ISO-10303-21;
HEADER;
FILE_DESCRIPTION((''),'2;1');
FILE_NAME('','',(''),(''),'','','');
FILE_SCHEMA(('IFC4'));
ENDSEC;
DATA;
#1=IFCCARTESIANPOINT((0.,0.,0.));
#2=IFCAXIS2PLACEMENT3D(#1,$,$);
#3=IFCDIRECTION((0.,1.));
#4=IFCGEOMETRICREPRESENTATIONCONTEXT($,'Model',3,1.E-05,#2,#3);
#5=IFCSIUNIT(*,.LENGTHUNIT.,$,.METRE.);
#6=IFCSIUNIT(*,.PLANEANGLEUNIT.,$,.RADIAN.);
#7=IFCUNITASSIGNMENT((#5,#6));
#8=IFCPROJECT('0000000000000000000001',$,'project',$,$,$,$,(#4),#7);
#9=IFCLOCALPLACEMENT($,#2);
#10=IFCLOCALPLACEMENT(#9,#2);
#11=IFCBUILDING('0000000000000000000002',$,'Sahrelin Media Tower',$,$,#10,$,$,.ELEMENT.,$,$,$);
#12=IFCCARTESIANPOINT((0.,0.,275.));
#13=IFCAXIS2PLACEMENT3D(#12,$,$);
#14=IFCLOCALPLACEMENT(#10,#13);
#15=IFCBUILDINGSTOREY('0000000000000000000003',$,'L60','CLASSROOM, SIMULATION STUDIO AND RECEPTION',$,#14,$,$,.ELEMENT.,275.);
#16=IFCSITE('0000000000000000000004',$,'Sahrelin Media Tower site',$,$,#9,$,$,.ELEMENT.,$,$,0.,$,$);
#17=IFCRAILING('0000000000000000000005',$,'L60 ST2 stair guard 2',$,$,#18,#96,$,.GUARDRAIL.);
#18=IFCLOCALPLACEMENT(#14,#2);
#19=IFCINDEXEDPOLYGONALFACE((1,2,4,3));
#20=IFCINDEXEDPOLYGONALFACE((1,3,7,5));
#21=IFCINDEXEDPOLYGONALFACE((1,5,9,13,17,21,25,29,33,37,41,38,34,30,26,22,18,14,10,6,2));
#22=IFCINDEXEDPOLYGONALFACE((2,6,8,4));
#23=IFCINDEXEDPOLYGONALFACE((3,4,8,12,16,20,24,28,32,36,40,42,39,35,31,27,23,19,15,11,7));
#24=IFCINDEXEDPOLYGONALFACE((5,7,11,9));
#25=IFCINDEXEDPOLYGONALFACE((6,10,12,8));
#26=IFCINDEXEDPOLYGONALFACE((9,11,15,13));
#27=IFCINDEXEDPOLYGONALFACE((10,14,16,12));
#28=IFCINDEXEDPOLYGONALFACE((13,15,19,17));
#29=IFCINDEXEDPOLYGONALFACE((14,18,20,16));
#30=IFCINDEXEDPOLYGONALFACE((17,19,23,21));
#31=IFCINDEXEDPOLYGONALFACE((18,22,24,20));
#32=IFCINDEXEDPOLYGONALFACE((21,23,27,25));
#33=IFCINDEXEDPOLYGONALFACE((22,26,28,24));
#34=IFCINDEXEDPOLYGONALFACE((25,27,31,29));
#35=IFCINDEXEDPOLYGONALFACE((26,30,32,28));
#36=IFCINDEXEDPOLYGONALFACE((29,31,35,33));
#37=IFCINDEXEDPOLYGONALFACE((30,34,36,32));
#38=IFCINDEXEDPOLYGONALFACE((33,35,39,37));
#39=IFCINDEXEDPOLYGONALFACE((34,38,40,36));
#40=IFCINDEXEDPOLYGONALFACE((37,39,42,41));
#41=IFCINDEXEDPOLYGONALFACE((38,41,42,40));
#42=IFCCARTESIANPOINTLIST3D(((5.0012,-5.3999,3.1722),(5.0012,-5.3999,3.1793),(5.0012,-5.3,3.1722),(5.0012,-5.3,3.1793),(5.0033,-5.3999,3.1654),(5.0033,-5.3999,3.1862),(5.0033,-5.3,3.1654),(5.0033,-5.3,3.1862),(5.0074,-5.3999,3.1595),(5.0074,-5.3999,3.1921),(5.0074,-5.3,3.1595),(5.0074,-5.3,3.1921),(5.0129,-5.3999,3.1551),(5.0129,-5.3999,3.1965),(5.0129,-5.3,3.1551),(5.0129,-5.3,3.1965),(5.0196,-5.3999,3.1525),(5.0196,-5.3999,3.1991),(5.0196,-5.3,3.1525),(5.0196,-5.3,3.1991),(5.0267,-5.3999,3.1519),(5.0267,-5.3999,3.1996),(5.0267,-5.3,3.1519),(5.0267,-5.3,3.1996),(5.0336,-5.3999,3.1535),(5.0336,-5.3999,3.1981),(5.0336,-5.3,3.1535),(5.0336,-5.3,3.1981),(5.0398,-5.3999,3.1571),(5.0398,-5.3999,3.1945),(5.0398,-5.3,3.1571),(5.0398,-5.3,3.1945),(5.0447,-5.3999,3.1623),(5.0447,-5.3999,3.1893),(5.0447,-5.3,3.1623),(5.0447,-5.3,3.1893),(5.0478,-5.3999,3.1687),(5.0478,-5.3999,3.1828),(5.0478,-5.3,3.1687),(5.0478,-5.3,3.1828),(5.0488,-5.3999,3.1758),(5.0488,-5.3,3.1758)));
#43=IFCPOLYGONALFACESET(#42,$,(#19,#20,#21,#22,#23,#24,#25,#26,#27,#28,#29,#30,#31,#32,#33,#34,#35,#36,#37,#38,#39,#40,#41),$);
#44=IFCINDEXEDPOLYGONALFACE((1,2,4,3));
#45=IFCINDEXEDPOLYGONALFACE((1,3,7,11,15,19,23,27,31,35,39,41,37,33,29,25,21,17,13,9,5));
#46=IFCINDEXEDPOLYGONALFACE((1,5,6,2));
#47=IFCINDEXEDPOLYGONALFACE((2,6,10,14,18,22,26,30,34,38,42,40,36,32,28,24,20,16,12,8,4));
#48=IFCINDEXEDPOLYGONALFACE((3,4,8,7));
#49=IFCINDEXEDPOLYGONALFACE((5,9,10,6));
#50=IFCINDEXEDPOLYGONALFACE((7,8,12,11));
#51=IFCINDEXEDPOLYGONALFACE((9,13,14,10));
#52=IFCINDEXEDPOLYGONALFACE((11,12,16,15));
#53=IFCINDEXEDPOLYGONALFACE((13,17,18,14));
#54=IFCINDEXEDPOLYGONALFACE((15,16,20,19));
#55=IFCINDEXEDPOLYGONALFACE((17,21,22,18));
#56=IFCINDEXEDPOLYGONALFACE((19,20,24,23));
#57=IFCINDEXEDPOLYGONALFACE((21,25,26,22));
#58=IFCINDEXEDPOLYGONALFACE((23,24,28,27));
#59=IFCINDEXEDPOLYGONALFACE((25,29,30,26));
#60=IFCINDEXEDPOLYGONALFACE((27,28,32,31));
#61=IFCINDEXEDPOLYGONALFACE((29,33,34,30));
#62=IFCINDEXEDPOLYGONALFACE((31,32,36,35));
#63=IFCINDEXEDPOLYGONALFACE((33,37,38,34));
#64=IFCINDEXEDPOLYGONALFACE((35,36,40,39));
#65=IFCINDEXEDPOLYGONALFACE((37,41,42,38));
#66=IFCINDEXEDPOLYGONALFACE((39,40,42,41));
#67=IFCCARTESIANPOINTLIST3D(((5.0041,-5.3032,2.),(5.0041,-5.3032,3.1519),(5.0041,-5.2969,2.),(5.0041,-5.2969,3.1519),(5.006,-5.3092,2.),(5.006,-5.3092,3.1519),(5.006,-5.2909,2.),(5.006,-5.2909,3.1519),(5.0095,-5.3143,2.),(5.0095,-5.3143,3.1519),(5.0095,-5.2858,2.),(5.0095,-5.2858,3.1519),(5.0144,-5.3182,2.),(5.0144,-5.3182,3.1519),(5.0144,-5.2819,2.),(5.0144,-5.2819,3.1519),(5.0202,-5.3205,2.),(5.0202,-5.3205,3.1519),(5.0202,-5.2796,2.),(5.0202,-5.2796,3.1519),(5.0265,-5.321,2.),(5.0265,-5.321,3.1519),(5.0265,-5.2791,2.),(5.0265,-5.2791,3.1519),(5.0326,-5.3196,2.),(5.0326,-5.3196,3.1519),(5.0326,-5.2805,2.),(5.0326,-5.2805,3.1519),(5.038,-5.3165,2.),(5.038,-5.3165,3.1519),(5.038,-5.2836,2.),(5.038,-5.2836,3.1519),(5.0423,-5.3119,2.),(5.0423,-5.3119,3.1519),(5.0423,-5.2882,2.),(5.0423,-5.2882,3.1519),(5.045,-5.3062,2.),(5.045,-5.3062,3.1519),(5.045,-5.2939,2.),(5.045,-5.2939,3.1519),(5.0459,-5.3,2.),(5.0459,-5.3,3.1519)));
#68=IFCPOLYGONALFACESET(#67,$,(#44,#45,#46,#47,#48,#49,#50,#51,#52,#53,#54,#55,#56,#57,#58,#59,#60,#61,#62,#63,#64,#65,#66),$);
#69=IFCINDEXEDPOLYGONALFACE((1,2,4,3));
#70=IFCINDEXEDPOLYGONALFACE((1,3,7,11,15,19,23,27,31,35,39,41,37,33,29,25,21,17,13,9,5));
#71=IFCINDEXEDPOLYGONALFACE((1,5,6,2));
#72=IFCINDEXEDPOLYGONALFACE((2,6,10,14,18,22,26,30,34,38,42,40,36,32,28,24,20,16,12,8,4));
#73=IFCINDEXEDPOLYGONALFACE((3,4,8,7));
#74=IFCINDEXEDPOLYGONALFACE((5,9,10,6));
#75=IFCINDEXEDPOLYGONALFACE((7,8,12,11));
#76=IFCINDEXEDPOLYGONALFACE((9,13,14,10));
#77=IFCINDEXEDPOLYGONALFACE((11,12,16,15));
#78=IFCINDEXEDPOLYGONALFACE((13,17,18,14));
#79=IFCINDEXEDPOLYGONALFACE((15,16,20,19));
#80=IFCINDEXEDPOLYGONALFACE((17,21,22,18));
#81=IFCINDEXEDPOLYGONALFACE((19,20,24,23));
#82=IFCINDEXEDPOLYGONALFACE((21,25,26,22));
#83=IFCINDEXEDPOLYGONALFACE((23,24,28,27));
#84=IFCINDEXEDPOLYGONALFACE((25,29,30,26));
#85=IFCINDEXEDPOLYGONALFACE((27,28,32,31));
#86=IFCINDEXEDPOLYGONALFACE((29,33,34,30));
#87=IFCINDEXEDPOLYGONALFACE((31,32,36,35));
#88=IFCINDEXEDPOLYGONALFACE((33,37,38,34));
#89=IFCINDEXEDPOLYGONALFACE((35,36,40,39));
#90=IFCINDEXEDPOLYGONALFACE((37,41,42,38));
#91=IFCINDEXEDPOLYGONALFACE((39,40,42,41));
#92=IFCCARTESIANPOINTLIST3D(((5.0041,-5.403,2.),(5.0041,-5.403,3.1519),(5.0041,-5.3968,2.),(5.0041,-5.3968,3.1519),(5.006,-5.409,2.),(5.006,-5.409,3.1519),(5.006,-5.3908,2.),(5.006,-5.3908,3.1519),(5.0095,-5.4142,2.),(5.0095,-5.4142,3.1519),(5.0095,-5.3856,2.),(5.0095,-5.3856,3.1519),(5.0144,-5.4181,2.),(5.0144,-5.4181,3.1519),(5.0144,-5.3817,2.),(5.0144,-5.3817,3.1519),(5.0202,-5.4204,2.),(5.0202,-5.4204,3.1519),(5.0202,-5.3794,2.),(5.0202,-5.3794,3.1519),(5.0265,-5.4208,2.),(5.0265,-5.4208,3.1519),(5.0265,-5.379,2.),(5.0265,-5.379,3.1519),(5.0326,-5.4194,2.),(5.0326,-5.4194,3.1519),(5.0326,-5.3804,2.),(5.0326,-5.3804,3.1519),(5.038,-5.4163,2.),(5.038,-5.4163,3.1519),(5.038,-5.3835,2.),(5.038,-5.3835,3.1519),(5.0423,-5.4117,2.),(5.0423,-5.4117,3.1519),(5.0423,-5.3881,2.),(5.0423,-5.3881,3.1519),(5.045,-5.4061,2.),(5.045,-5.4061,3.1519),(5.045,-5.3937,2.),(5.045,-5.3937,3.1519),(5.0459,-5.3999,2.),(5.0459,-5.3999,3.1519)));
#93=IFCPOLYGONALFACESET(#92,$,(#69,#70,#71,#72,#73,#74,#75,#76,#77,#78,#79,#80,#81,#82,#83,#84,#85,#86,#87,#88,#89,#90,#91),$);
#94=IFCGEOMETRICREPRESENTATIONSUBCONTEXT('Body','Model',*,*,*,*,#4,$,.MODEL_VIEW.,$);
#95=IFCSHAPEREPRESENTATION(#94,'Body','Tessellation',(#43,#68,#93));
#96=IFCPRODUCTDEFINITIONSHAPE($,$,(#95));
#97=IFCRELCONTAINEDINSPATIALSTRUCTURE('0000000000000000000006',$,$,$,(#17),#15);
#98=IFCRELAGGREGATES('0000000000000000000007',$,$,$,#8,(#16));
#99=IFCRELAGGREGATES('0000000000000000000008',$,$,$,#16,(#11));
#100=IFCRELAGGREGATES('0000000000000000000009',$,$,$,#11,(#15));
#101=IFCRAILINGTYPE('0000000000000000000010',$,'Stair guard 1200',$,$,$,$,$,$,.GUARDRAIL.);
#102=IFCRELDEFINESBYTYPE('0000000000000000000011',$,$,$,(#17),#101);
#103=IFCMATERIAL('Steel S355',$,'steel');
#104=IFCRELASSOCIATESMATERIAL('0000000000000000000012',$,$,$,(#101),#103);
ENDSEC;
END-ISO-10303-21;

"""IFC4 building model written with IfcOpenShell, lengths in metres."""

from ifc_helpers import new_model, si_unit, direction, frame, origin, origin_2d, place, context, subcontext, project, spatial, circle, extrude, material, type_object, element, save


model = new_model("IFC4")

# Units and contexts
model_context = context("Model", 3, precision=1e-05, world=origin(), true_north=direction((0.0, 1.0)))
body_context = subcontext(model_context, "Body", "Model", "MODEL_VIEW")
ifc_project = project(units=[si_unit("LENGTHUNIT", "METRE"), si_unit("PLANEANGLEUNIT", "RADIAN")], contexts=[model_context])

# Site, building, storey
site_placement = place(None, origin())
site = spatial("IfcSite", under=ifc_project, at=site_placement, Name="Sahrelin Media Tower site", CompositionType="ELEMENT", RefElevation=0.0)
building_placement = place(site_placement, origin())
building = spatial("IfcBuilding", under=site, at=building_placement, Name="Sahrelin Media Tower", CompositionType="ELEMENT")
storey_placement = place(building_placement, frame((0.0, 0.0, 275.0)))
storey = spatial("IfcBuildingStorey", under=building, at=storey_placement, Name="L60", Description="CLASSROOM, SIMULATION STUDIO AND RECEPTION", CompositionType="ELEMENT", Elevation=275.0)

# Shared definitions
ifc_material_1 = material(Name="Steel S355", Category="steel")

# Railing
railing_type_1 = type_object("IfcRailingType", Name="Stair guard 1200", PredefinedType="GUARDRAIL", material=ifc_material_1)
railing_1_placement = place(storey_placement, frame((5.0249, -5.3, 2.0)))
element("IfcRailing", 1, at=railing_1_placement, inside=storey, type_object=railing_type_1, Name="L60 ST2 stair guard 2", PredefinedType="GUARDRAIL", context=body_context, shape_type="SweptSolid", body=[
    extrude(circle(Radius=0.0239, at=origin_2d()), frame((0.0, 0.0, 1.1758), z_axis=(0.0, -1.0, 0.0), x_axis=(1.0, 0.0, 0.0)), (0.0, 0.0, 1.0), 0.0999),
    extrude(circle(Radius=0.021, at=origin_2d()), origin(), (0.0, 0.0, 1.0), 1.1519),
    extrude(circle(Radius=0.021, at=origin_2d()), frame((0.0, -0.0999, 0.0)), (0.0, 0.0, 1.0), 1.1519),
])

save(model, "model.ifc")
